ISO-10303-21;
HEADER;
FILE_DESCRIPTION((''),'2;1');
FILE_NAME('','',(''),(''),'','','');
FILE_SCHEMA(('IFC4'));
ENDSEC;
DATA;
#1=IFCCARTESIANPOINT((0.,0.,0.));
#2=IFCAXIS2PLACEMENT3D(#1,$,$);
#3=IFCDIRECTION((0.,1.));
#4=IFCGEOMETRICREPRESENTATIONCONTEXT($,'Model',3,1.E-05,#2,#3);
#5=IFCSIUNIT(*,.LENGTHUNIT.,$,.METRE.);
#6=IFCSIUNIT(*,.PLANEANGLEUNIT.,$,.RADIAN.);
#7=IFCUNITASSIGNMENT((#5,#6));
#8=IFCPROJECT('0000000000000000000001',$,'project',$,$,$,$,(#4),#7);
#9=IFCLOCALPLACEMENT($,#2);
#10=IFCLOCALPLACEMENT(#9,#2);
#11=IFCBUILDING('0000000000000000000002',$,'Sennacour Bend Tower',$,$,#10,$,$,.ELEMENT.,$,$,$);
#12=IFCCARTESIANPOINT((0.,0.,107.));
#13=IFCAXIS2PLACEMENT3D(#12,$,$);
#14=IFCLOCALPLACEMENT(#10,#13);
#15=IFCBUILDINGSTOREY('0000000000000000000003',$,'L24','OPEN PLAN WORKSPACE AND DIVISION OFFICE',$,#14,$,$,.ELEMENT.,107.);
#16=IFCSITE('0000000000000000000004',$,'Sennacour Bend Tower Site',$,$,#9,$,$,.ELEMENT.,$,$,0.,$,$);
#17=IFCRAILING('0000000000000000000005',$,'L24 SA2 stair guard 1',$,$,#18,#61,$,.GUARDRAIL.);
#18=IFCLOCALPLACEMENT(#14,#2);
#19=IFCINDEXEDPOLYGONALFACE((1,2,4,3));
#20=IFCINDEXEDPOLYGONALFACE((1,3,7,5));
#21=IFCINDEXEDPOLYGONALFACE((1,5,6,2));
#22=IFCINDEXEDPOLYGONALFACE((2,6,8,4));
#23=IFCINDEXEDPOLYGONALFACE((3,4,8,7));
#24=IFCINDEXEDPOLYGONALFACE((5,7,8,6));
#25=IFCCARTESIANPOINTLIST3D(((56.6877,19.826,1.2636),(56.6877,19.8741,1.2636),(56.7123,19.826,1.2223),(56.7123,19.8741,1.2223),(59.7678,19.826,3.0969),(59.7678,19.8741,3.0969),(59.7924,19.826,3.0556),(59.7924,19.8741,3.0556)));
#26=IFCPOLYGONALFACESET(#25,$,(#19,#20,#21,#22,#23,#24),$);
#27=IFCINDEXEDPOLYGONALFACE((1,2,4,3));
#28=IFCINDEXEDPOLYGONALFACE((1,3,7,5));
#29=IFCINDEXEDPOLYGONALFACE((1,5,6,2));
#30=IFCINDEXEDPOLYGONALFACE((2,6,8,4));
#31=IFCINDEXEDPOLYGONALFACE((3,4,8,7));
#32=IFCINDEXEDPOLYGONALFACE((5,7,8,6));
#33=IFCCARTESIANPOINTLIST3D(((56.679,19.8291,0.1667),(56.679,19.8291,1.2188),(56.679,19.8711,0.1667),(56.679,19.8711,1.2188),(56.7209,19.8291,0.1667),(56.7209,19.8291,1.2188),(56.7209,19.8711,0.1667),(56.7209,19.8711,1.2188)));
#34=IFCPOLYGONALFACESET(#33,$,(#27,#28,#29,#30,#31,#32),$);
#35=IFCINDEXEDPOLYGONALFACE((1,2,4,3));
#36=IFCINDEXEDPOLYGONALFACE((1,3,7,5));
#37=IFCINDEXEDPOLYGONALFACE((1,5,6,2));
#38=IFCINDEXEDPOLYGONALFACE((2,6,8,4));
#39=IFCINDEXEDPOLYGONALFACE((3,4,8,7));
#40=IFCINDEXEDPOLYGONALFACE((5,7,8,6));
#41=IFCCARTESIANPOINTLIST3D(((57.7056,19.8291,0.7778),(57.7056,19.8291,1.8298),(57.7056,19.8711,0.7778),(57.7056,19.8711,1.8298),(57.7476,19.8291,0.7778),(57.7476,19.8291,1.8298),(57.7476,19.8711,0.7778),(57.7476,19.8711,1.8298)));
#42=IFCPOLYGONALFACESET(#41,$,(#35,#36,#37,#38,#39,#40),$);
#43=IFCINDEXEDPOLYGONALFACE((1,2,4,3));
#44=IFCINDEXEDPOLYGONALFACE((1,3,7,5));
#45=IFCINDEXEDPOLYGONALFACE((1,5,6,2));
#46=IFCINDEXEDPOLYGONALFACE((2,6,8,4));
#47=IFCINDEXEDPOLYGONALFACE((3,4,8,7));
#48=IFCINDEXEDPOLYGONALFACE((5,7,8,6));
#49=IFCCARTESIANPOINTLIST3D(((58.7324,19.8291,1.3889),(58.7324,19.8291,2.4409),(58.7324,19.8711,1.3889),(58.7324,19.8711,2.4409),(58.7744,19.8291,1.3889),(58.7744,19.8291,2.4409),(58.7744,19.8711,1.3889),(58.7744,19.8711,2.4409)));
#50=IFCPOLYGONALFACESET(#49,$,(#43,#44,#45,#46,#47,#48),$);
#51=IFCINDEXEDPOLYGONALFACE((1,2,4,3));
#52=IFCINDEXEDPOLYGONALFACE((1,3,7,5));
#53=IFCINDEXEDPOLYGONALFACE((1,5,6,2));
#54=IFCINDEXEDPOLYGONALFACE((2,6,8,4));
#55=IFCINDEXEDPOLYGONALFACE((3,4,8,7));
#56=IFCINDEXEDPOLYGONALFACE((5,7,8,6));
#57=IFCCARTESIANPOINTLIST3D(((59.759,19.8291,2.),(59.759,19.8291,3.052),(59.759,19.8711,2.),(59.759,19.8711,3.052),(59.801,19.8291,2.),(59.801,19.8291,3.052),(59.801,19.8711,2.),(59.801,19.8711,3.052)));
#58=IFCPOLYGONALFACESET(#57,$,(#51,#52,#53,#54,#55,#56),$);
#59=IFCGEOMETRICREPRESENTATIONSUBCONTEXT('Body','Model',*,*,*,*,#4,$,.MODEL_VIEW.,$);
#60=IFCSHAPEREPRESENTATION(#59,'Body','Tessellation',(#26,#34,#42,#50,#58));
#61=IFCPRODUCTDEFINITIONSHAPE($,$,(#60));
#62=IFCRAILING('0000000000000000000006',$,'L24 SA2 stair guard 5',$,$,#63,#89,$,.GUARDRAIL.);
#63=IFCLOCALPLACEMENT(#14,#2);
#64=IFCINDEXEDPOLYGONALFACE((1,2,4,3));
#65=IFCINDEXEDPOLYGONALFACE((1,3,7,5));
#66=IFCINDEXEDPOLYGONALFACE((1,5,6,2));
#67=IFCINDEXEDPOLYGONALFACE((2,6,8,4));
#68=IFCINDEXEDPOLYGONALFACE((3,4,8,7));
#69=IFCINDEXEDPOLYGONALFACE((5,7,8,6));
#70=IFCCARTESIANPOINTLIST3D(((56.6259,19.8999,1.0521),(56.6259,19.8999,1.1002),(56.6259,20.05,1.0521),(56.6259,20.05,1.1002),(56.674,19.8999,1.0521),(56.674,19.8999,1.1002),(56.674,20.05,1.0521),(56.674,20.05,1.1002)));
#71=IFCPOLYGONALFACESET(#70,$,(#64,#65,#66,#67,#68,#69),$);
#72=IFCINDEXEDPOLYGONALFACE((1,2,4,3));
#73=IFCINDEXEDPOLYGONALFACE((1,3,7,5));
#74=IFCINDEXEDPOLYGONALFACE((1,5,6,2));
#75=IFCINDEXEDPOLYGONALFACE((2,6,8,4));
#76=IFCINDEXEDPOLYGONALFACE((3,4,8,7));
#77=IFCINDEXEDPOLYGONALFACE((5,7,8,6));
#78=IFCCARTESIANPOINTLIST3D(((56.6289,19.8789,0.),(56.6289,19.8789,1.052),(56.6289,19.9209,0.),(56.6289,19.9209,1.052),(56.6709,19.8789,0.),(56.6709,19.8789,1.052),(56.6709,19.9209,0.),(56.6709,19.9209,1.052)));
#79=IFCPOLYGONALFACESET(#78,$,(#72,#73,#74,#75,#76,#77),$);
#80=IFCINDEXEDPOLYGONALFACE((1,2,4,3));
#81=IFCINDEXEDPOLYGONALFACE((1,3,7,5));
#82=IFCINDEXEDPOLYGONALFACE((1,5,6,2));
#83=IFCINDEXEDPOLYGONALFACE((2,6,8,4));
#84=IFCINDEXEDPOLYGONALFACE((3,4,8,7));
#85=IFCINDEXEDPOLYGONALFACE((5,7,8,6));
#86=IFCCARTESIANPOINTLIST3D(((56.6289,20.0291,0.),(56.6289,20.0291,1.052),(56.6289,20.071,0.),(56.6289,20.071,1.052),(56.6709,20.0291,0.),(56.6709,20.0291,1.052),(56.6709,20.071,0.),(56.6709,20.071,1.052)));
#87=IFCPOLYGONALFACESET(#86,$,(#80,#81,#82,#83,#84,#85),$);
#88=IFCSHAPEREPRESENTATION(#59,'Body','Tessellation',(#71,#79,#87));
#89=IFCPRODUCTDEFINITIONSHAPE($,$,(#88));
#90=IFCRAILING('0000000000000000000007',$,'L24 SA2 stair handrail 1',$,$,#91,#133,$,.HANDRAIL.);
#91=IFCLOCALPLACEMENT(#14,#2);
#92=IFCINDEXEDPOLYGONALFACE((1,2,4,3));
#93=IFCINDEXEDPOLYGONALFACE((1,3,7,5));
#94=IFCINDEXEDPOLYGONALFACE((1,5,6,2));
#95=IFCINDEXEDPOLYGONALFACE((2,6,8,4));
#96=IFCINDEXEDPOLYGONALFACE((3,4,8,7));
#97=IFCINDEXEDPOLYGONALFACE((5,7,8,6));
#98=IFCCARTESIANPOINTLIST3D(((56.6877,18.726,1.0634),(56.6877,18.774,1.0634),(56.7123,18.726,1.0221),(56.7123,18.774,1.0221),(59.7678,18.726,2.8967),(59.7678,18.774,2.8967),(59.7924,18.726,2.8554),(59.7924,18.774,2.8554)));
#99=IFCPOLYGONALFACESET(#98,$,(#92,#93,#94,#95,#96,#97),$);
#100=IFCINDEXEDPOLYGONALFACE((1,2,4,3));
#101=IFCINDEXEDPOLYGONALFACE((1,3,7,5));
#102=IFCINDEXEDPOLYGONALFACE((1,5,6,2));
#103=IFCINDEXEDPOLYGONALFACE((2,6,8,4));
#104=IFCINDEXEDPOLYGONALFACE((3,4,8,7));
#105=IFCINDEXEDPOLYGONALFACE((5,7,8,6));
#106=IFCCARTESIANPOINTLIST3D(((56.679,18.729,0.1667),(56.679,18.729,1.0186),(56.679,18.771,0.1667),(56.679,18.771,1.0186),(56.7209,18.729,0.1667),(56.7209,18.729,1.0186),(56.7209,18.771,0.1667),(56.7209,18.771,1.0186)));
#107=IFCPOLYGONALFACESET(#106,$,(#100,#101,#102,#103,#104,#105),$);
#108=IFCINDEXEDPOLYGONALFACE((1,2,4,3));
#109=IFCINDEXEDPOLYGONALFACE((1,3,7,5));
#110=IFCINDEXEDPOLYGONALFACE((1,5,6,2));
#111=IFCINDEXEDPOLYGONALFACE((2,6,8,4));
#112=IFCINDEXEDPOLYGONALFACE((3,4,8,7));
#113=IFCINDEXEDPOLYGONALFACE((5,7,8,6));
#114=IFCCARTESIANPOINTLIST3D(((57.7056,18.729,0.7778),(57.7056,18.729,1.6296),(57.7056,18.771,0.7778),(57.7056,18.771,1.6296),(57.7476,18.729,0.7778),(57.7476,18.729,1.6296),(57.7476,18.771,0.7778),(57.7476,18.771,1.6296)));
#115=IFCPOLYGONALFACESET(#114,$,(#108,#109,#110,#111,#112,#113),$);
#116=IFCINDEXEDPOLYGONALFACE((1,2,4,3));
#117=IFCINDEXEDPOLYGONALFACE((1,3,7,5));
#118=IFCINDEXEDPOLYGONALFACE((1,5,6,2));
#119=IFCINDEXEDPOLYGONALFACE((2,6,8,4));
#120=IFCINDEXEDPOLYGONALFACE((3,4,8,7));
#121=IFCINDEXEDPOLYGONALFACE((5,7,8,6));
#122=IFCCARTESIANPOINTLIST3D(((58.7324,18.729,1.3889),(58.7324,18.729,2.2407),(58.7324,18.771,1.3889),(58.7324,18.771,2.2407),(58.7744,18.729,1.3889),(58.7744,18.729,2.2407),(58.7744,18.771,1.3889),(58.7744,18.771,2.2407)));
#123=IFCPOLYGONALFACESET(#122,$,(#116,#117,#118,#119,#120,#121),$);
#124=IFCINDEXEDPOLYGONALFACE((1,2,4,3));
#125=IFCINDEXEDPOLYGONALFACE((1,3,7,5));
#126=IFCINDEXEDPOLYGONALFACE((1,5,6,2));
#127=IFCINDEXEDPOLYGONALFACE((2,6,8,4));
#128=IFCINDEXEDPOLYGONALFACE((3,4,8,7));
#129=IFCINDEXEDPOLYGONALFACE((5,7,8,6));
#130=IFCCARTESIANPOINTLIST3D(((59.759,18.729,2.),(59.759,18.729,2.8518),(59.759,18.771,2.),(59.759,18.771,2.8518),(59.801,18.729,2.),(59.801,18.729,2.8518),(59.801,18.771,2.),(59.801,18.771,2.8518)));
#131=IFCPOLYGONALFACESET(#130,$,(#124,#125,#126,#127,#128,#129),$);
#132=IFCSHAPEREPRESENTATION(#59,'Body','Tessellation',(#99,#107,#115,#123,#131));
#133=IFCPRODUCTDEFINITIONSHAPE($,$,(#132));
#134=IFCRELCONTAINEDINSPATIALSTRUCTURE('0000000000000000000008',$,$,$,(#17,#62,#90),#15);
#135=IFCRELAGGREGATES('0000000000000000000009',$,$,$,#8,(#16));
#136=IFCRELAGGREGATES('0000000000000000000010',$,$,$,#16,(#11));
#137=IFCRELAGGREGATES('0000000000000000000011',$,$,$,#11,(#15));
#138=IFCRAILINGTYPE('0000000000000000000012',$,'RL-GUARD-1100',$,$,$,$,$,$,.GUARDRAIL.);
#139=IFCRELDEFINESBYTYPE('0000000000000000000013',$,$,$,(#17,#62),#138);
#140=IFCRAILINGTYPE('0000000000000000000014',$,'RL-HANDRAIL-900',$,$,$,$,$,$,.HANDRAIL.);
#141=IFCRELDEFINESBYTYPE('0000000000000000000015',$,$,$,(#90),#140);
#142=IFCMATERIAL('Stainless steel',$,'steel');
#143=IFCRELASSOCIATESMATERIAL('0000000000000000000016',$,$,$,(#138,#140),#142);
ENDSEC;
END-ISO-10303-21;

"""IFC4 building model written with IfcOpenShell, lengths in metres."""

from ifc_helpers import new_model, si_unit, direction, frame, origin, origin_2d, place, context, subcontext, project, spatial, rectangle, extrude, material, type_object, element, save


model = new_model("IFC4")

# Units and contexts
model_context = context("Model", 3, precision=1e-05, world=origin(), true_north=direction((0.0, 1.0)))
body_context = subcontext(model_context, "Body", "Model", "MODEL_VIEW")
ifc_project = project(units=[si_unit("LENGTHUNIT", "METRE"), si_unit("PLANEANGLEUNIT", "RADIAN")], contexts=[model_context])

# Site, building, storey
site_placement = place(None, origin())
site = spatial("IfcSite", under=ifc_project, at=site_placement, Name="Sennacour Bend Tower Site", CompositionType="ELEMENT", RefElevation=0.0)
building_placement = place(site_placement, origin())
building = spatial("IfcBuilding", under=site, at=building_placement, Name="Sennacour Bend Tower", CompositionType="ELEMENT")
storey_placement = place(building_placement, frame((0.0, 0.0, 107.0)))
storey = spatial("IfcBuildingStorey", under=building, at=storey_placement, Name="L24", Description="OPEN PLAN WORKSPACE AND DIVISION OFFICE", CompositionType="ELEMENT", Elevation=107.0)

# Shared definitions
ifc_material_1 = material(Name="Stainless steel", Category="steel")

# Railings
railing_type_1 = type_object("IfcRailingType", Name="RL-GUARD-1100", PredefinedType="GUARDRAIL", material=ifc_material_1)
railing_1_placement = place(storey_placement, frame((56.7, 19.8501, 0.1667)))
element("IfcRailing", 1, at=railing_1_placement, inside=storey, type_object=railing_type_1, Name="L24 SA2 stair guard 1", PredefinedType="GUARDRAIL", context=body_context, shape_type="SweptSolid", body=[
    extrude(rectangle(XDim=0.0481, YDim=0.0481, at=origin_2d()), frame((0.0, 0.0, 1.0762), z_axis=(0.859309, 0.0, 0.511458), x_axis=(0.0, 1.0, 0.0)), (0.0, 0.0, 1.0), 3.5845),
    extrude(rectangle(XDim=0.042, YDim=0.042, at=origin_2d()), origin(), (0.0, 0.0, 1.0), 1.052),
    extrude(rectangle(XDim=0.042, YDim=0.042, at=origin_2d()), frame((1.0266, 0.0, 0.6111)), (0.0, 0.0, 1.0), 1.052),
    extrude(rectangle(XDim=0.042, YDim=0.042, at=origin_2d()), frame((2.0535, 0.0, 1.2222)), (0.0, 0.0, 1.0), 1.052),
    extrude(rectangle(XDim=0.042, YDim=0.042, at=origin_2d()), frame((3.0801, 0.0, 1.8333)), (0.0, 0.0, 1.0), 1.052),
])
railing_2_placement = place(storey_placement, frame((56.6499, 19.8999, 0.0)))
element("IfcRailing", 2, at=railing_2_placement, inside=storey, type_object=railing_type_1, Name="L24 SA2 stair guard 5", PredefinedType="GUARDRAIL", context=body_context, shape_type="SweptSolid", body=[
    extrude(rectangle(XDim=0.0481, YDim=0.0481, at=origin_2d()), frame((0.0, 0.0, 1.0762), z_axis=(0.0, 1.0, 0.0), x_axis=(-1.0, 0.0, 0.0)), (0.0, 0.0, 1.0), 0.1501),
    extrude(rectangle(XDim=0.042, YDim=0.042, at=origin_2d()), origin(), (0.0, 0.0, 1.0), 1.052),
    extrude(rectangle(XDim=0.042, YDim=0.042, at=origin_2d()), frame((0.0, 0.1501, 0.0)), (0.0, 0.0, 1.0), 1.052),
])
railing_type_2 = type_object("IfcRailingType", Name="RL-HANDRAIL-900", PredefinedType="HANDRAIL", material=ifc_material_1)
railing_3_placement = place(storey_placement, frame((56.7, 18.75, 0.1667)))
element("IfcRailing", 3, at=railing_3_placement, inside=storey, type_object=railing_type_2, Name="L24 SA2 stair handrail 1", PredefinedType="HANDRAIL", context=body_context, shape_type="SweptSolid", body=[
    extrude(rectangle(XDim=0.0481, YDim=0.0481, at=origin_2d()), frame((0.0, 0.0, 0.876), z_axis=(0.859309, 0.0, 0.511458), x_axis=(0.0, 1.0, 0.0)), (0.0, 0.0, 1.0), 3.5845),
    extrude(rectangle(XDim=0.042, YDim=0.042, at=origin_2d()), origin(), (0.0, 0.0, 1.0), 0.8518),
    extrude(rectangle(XDim=0.042, YDim=0.042, at=origin_2d()), frame((1.0266, 0.0, 0.6111)), (0.0, 0.0, 1.0), 0.8518),
    extrude(rectangle(XDim=0.042, YDim=0.042, at=origin_2d()), frame((2.0535, 0.0, 1.2222)), (0.0, 0.0, 1.0), 0.8518),
    extrude(rectangle(XDim=0.042, YDim=0.042, at=origin_2d()), frame((3.0801, 0.0, 1.8333)), (0.0, 0.0, 1.0), 0.8518),
])

save(model, "model.ifc")
